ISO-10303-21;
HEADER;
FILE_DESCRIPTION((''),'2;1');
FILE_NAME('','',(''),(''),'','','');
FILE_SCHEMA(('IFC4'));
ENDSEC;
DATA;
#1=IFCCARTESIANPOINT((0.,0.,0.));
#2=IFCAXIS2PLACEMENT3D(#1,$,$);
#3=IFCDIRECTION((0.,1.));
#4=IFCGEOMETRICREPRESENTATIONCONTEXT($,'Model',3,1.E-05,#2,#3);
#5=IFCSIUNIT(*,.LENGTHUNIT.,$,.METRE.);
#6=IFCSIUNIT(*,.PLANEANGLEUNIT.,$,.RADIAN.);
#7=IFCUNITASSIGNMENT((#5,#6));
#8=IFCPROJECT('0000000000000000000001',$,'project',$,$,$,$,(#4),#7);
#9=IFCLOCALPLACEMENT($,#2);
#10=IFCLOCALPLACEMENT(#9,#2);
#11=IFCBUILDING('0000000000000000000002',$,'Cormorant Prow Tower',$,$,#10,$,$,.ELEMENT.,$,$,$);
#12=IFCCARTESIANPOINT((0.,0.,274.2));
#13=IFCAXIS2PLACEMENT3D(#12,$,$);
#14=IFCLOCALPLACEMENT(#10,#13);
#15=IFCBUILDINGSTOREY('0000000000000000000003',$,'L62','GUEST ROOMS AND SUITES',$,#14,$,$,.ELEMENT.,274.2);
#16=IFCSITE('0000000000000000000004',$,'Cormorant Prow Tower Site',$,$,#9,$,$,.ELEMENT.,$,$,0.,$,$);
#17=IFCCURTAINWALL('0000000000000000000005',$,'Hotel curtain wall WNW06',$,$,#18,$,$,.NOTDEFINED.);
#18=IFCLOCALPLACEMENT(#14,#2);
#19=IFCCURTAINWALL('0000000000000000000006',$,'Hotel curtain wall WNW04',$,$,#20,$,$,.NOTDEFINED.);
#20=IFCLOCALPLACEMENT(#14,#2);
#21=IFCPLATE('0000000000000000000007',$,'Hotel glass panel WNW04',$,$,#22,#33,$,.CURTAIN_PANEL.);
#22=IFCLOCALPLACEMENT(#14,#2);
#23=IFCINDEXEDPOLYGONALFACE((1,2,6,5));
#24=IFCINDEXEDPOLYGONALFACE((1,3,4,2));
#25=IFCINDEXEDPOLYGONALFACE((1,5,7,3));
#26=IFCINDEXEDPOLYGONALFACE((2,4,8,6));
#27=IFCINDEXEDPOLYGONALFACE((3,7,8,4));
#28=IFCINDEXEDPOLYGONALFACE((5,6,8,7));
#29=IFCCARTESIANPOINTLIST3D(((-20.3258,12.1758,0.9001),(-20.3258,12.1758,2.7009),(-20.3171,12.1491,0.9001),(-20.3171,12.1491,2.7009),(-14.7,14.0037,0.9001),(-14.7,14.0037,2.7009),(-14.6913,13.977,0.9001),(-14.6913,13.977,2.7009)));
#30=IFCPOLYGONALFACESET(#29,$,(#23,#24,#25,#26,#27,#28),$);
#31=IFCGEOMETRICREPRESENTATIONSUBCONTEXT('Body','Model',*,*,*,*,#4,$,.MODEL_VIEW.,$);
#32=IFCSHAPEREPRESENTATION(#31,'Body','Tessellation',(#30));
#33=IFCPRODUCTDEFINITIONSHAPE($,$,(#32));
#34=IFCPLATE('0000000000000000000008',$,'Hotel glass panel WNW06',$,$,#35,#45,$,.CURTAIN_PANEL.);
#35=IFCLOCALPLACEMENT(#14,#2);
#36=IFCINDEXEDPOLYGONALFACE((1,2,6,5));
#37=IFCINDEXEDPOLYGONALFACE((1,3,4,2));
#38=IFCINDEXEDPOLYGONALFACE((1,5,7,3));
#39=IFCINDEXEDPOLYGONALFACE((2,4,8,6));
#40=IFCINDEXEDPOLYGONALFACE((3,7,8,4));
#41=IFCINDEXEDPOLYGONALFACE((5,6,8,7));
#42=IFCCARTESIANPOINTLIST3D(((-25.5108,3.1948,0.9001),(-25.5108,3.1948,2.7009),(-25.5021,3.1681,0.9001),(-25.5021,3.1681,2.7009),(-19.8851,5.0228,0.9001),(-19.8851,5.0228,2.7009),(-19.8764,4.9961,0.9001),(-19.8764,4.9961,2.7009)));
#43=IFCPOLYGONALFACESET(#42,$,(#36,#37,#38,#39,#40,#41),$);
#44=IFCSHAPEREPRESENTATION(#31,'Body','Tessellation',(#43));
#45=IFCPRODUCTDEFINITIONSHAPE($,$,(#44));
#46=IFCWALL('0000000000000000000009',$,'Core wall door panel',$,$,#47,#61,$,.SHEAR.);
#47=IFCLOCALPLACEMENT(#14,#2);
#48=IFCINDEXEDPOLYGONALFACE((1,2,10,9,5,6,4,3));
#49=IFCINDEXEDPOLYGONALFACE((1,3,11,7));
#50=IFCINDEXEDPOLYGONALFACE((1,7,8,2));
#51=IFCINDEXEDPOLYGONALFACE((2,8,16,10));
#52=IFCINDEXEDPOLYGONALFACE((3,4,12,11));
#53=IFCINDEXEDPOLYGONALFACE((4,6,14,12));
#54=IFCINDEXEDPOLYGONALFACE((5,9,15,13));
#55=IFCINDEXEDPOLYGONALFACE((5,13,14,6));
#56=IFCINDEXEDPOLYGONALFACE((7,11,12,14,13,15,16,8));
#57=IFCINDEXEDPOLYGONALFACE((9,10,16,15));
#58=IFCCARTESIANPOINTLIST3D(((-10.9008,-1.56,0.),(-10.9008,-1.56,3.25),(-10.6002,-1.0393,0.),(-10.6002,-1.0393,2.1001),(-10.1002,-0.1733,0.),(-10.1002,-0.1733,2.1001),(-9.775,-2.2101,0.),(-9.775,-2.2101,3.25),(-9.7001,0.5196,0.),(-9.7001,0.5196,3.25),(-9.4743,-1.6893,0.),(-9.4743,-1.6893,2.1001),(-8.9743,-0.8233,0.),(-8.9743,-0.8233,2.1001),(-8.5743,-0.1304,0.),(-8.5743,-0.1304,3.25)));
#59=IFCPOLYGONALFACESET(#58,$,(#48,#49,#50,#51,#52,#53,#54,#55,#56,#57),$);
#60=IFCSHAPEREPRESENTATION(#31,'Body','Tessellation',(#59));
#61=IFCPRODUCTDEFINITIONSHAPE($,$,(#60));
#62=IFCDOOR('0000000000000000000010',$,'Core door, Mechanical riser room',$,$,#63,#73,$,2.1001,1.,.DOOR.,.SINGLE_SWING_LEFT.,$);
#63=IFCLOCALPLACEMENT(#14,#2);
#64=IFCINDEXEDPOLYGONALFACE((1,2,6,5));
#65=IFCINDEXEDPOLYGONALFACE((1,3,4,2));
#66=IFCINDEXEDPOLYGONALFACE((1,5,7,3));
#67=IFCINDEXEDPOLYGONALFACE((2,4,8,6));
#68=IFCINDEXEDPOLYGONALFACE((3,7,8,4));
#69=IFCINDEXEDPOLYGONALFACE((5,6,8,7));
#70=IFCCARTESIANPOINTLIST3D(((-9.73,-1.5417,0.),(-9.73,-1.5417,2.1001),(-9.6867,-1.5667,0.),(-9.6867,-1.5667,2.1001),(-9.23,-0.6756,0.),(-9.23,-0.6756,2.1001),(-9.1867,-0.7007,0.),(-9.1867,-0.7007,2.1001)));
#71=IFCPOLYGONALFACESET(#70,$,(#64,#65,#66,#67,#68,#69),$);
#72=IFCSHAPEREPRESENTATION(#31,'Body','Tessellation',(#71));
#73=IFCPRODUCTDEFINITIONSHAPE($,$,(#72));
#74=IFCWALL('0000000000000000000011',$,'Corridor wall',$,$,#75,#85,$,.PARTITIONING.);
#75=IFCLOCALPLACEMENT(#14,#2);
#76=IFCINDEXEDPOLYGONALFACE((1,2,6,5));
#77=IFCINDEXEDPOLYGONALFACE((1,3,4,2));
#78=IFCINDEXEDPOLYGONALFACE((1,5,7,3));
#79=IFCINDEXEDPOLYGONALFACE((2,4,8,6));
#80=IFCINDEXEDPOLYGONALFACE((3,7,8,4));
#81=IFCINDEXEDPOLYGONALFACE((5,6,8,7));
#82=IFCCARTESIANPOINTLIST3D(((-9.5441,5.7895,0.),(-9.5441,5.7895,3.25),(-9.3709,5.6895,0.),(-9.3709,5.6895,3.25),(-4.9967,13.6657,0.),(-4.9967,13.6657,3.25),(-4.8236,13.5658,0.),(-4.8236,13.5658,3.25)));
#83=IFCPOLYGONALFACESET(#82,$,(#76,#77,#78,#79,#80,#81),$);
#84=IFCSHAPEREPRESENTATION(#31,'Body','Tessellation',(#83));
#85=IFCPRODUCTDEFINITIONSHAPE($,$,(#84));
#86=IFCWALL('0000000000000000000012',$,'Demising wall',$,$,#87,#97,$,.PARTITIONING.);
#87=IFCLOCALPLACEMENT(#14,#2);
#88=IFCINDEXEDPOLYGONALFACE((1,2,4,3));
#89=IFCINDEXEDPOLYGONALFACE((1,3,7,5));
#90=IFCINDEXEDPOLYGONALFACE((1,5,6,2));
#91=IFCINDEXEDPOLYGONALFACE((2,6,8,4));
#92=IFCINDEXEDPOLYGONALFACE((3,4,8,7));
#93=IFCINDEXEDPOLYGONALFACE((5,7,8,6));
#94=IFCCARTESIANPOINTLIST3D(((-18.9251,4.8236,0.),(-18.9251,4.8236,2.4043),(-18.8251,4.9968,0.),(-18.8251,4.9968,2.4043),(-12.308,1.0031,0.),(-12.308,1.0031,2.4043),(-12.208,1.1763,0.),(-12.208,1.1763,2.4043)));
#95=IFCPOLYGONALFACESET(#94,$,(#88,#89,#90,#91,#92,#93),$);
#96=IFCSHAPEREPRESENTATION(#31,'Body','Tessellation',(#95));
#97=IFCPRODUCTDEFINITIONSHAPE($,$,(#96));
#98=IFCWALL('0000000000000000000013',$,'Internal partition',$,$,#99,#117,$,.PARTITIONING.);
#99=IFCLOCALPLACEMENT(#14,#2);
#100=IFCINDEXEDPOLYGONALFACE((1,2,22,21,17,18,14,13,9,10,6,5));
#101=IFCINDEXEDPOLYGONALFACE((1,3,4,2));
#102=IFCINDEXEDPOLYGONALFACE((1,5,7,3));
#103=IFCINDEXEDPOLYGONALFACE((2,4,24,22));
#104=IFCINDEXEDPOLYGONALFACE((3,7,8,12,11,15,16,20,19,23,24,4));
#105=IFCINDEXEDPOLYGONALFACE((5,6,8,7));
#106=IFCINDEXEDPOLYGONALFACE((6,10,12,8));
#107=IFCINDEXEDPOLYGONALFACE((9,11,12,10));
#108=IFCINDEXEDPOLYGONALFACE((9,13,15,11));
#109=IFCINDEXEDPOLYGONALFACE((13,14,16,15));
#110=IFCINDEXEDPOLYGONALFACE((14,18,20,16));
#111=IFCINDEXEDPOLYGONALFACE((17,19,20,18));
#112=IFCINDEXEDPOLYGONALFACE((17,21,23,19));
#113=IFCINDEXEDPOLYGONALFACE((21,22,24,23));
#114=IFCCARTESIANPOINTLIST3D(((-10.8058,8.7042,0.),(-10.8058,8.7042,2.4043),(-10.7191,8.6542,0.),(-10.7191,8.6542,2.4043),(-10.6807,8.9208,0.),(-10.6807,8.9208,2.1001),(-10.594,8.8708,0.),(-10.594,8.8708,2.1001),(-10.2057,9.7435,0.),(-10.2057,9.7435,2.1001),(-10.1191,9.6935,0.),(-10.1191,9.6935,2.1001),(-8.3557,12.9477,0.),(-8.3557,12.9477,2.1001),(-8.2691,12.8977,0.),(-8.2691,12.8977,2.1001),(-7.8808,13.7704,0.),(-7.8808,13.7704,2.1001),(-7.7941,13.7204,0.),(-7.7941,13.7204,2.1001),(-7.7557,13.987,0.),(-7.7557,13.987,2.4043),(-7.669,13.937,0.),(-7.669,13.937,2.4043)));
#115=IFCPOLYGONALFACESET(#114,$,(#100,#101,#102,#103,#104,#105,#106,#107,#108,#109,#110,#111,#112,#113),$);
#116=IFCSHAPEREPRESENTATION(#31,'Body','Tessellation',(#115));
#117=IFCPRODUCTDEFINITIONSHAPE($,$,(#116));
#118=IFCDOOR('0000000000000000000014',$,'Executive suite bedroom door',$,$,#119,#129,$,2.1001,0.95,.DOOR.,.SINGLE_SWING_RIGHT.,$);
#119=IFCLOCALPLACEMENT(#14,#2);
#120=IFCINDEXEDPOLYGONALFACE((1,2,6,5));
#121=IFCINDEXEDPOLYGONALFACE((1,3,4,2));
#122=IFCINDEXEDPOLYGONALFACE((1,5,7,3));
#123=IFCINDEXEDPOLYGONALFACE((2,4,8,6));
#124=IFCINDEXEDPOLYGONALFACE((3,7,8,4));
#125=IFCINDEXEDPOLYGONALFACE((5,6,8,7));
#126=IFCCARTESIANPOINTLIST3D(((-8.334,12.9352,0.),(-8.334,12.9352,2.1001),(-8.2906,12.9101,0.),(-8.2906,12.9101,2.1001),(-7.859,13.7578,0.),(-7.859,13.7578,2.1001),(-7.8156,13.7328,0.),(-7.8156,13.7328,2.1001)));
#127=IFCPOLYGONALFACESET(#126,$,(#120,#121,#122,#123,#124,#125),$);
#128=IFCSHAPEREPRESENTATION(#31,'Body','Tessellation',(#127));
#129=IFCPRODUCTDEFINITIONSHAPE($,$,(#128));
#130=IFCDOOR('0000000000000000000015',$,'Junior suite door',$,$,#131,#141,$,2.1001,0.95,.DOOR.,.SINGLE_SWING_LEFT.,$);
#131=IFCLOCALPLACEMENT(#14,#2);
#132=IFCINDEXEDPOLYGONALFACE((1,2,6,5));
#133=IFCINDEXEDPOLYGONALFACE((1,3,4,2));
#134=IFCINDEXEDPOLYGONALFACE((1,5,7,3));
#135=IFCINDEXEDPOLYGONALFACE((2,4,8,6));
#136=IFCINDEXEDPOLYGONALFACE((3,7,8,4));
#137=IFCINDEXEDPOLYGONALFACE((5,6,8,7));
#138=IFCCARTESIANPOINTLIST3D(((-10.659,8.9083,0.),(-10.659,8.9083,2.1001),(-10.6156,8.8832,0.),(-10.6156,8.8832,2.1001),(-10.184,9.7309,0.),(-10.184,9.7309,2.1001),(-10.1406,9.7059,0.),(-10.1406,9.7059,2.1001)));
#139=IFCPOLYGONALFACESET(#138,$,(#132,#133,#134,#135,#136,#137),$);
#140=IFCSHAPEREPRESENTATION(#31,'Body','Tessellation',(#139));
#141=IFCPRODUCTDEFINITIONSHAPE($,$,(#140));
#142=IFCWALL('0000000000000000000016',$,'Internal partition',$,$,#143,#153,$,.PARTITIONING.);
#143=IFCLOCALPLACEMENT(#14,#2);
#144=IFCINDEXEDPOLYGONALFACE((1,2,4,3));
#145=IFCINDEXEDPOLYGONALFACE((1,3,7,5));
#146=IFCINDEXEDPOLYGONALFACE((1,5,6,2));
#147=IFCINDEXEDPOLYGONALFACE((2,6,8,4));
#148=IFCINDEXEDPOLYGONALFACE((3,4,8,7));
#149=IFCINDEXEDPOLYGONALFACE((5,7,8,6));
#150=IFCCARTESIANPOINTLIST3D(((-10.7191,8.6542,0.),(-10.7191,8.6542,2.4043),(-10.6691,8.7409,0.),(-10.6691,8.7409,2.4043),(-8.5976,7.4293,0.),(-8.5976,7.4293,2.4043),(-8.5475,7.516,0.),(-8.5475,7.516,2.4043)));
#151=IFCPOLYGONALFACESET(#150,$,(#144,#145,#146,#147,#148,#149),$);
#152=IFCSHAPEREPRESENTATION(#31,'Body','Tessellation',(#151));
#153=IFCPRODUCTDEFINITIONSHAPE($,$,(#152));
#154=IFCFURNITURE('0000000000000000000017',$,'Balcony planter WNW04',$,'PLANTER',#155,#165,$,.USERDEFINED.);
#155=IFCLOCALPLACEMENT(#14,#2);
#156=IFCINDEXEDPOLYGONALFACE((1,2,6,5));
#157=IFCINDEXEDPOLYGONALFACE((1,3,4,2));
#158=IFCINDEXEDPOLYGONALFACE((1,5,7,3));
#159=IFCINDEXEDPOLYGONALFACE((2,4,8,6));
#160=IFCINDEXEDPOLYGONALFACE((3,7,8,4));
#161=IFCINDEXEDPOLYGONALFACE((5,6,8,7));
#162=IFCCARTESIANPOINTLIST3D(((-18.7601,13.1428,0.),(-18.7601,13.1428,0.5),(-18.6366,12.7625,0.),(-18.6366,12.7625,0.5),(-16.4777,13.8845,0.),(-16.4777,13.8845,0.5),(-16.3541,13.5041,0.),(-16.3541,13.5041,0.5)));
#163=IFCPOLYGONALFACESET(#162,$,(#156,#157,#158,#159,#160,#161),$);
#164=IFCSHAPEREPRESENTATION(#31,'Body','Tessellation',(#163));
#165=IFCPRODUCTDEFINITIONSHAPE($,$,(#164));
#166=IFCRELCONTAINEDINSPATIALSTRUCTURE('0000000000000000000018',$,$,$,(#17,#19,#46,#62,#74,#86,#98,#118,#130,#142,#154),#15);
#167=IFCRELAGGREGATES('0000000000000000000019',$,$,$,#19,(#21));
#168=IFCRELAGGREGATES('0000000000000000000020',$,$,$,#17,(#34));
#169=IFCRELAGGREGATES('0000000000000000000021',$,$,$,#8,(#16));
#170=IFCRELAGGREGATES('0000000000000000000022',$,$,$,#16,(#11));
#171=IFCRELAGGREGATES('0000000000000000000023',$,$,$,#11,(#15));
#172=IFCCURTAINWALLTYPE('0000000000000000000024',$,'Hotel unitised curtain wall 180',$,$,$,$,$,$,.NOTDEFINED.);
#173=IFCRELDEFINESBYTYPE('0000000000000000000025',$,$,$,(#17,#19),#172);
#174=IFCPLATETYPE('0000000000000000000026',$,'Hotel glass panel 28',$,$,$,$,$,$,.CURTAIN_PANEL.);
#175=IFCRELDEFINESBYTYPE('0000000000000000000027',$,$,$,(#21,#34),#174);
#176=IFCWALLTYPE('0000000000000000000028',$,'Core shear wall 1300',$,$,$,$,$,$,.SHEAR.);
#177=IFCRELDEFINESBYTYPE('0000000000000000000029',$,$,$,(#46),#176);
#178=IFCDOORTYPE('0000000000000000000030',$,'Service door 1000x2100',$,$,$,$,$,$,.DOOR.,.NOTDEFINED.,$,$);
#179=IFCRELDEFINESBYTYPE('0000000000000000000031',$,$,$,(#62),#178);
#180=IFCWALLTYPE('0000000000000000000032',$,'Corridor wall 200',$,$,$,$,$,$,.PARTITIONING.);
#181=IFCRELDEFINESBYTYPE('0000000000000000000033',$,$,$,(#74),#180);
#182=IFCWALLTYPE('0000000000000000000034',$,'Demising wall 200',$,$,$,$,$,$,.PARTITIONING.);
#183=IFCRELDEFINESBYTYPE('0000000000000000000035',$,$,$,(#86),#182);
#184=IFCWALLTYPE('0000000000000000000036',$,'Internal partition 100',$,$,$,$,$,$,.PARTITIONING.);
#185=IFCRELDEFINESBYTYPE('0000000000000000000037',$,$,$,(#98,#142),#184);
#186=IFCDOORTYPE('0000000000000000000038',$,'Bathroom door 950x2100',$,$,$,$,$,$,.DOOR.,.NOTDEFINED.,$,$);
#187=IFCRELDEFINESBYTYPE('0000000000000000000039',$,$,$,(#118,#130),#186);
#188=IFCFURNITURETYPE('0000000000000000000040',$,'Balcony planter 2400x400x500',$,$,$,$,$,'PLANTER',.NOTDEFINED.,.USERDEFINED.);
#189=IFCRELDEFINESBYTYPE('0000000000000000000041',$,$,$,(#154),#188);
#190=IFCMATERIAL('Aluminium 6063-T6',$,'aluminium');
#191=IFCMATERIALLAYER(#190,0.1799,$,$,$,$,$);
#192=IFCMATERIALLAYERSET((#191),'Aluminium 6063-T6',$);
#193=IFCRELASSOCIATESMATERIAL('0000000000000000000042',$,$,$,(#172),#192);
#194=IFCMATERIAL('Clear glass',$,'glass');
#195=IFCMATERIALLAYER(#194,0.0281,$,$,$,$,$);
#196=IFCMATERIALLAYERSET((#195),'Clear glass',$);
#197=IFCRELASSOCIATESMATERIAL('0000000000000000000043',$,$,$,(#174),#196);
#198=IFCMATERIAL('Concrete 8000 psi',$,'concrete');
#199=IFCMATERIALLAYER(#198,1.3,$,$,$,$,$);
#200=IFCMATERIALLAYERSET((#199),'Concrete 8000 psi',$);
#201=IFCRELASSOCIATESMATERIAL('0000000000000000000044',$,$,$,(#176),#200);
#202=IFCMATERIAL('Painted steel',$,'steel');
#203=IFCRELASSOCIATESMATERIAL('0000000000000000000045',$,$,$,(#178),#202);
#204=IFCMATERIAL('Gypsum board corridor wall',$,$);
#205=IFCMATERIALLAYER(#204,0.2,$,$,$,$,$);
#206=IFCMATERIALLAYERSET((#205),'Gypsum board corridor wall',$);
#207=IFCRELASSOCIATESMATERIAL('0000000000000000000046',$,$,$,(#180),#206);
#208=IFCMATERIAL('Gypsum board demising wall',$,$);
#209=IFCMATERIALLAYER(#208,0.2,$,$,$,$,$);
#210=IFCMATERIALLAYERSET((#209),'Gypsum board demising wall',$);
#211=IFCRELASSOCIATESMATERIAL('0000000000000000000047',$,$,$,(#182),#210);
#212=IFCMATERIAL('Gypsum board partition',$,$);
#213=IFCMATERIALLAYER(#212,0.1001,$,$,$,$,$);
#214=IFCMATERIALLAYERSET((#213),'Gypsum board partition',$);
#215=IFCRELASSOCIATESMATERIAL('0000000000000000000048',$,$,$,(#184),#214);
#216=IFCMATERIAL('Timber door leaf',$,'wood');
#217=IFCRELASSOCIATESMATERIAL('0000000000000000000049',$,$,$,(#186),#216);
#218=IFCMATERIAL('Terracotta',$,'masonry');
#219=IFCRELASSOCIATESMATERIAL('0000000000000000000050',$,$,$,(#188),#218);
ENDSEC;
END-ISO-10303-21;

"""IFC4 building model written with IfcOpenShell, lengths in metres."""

from ifc_helpers import new_model, si_unit, direction, frame, frame_2d, origin, origin_2d, place, context, subcontext, project, spatial, rectangle, extrude, material, layer, layer_set, type_object, element, fill, aggregate, save


model = new_model("IFC4")

# Units and contexts
model_context = context("Model", 3, precision=1e-05, world=origin(), true_north=direction((0.0, 1.0)))
body_context = subcontext(model_context, "Body", "Model", "MODEL_VIEW")
ifc_project = project(units=[si_unit("LENGTHUNIT", "METRE"), si_unit("PLANEANGLEUNIT", "RADIAN")], contexts=[model_context])

# Site, building, storey
site_placement = place(None, origin())
site = spatial("IfcSite", under=ifc_project, at=site_placement, Name="Cormorant Prow Tower Site", CompositionType="ELEMENT", RefElevation=0.0)
building_placement = place(site_placement, origin())
building = spatial("IfcBuilding", under=site, at=building_placement, Name="Cormorant Prow Tower", CompositionType="ELEMENT")
storey_placement = place(building_placement, frame((0.0, 0.0, 274.2)))
storey = spatial("IfcBuildingStorey", under=building, at=storey_placement, Name="L62", Description="GUEST ROOMS AND SUITES", CompositionType="ELEMENT", Elevation=274.2)

# Curtain wall
ifc_material_1 = material(Name="Aluminium 6063-T6", Category="aluminium")
ifc_layer_1 = layer(ifc_material_1, 0.1799)
ifc_layer_set_1 = layer_set([ifc_layer_1], Name="Aluminium 6063-T6")
curtain_wall_type = type_object("IfcCurtainWallType", Name="Hotel unitised curtain wall 180", PredefinedType="NOTDEFINED", material=ifc_layer_set_1)
curtain_wall_1_placement = place(storey_placement, origin())
curtain_wall_1 = element("IfcCurtainWall", 1, at=curtain_wall_1_placement, inside=storey, type_object=curtain_wall_type, Name="Hotel curtain wall WNW06", PredefinedType="NOTDEFINED")

# Curtain wall, plate
curtain_wall_2_placement = place(storey_placement, origin())
curtain_wall_2 = element("IfcCurtainWall", 2, at=curtain_wall_2_placement, inside=storey, type_object=curtain_wall_type, Name="Hotel curtain wall WNW04", PredefinedType="NOTDEFINED")
ifc_material_2 = material(Name="Clear glass", Category="glass")
ifc_layer_2 = layer(ifc_material_2, 0.0281)
ifc_layer_set_2 = layer_set([ifc_layer_2], Name="Clear glass")
plate_type = type_object("IfcPlateType", Name="Hotel glass panel 28", PredefinedType="CURTAIN_PANEL", material=ifc_layer_set_2)
plate_1_placement = place(storey_placement, frame((-17.5085, 13.0764, 0.9001), z_axis=(0.0, 0.0, 1.0), x_axis=(-0.951057, -0.309017, 0.0)))
plate_1 = element("IfcPlate", 3, at=plate_1_placement, type_object=plate_type, Name="Hotel glass panel WNW04", PredefinedType="CURTAIN_PANEL", context=body_context, shape_type="SweptSolid", body=[
    extrude(rectangle(XDim=5.9153, YDim=0.0281, at=origin_2d()), origin(), (0.0, 0.0, 1.0), 1.8008),
])
aggregate(curtain_wall_2, [plate_1])

# Plate
plate_2_placement = place(storey_placement, frame((-22.6936, 4.0955, 0.9001), z_axis=(0.0, 0.0, 1.0), x_axis=(-0.951057, -0.309017, 0.0)))
plate_2 = element("IfcPlate", 4, at=plate_2_placement, type_object=plate_type, Name="Hotel glass panel WNW06", PredefinedType="CURTAIN_PANEL", context=body_context, shape_type="SweptSolid", body=[
    extrude(rectangle(XDim=5.9153, YDim=0.0281, at=origin_2d()), origin(), (0.0, 0.0, 1.0), 1.8008),
])
aggregate(curtain_wall_1, [plate_2])

# Wall, opening, door
ifc_material_3 = material(Name="Concrete 8000 psi", Category="concrete")
ifc_layer_3 = layer(ifc_material_3, 1.3)
ifc_layer_set_3 = layer_set([ifc_layer_3], Name="Concrete 8000 psi")
wall_type_1 = type_object("IfcWallType", Name="Core shear wall 1300", PredefinedType="SHEAR", material=ifc_layer_set_3)
wall_1_placement = place(storey_placement, frame((-9.1372, 0.1946, 0.0), z_axis=(0.0, 0.0, 1.0), x_axis=(-0.50001, -0.86602, 0.0)))
wall_1 = element("IfcWall", 5, at=wall_1_placement, inside=storey, type_object=wall_type_1, Name="Core wall door panel", PredefinedType="SHEAR", context=body_context, shape_type="SweptSolid", body=[
    extrude(rectangle(XDim=2.4014, YDim=1.3, at=frame_2d((1.2007, 0.0))), origin(), (0.0, 0.0, 1.0), 3.25),
])
opening_1_placement = place(wall_1_placement, frame((0.8, 0.0, 0.0)))
opening_1 = element("IfcOpeningElement", 6, at=opening_1_placement, cuts=wall_1, PredefinedType="OPENING", context=body_context, shape_type="SweptSolid", body=[
    extrude(rectangle(XDim=1.0, YDim=2.1001, at=frame_2d((0.5, 1.05))), frame((0.0, 0.6599, 0.0), z_axis=(0.0, -1.0, 0.0), x_axis=(1.0, 0.0, 0.0)), (0.0, 0.0, 1.0), 1.3201),
])
ifc_material_4 = material(Name="Painted steel", Category="steel")
door_type_1 = type_object("IfcDoorType", Name="Service door 1000x2100", OperationType="NOTDEFINED", PredefinedType="DOOR", material=ifc_material_4)
door_1_placement = place(opening_1_placement, origin())
door_1 = element("IfcDoor", 7, at=door_1_placement, inside=storey, type_object=door_type_1, Name="Core door, Mechanical riser room", OperationType="SINGLE_SWING_LEFT", OverallHeight=2.1001, OverallWidth=1.0, PredefinedType="DOOR", context=body_context, shape_type="SweptSolid", body=[
    extrude(rectangle(XDim=1.0, YDim=2.1001, at=frame_2d((0.5, 1.05))), frame((0.0, 0.4048, 0.0), z_axis=(0.0, -1.0, 0.0), x_axis=(1.0, 0.0, 0.0)), (0.0, 0.0, 1.0), 0.05),
])
fill(opening_1, door_1)

# Walls
ifc_material_5 = material(Name="Gypsum board corridor wall")
ifc_layer_4 = layer(ifc_material_5, 0.2)
ifc_layer_set_4 = layer_set([ifc_layer_4], Name="Gypsum board corridor wall")
wall_type_2 = type_object("IfcWallType", Name="Corridor wall 200", PredefinedType="PARTITIONING", material=ifc_layer_set_4)
wall_2_placement = place(storey_placement, frame((-9.4575, 5.7395, 0.0), z_axis=(0.0, 0.0, 1.0), x_axis=(0.500002, 0.866024, 0.0)))
element("IfcWall", 8, at=wall_2_placement, inside=storey, type_object=wall_type_2, Name="Corridor wall", PredefinedType="PARTITIONING", context=body_context, shape_type="SweptSolid", body=[
    extrude(rectangle(XDim=9.0947, YDim=0.2, at=frame_2d((4.5474, 0.0))), origin(), (0.0, 0.0, 1.0), 3.25),
])
ifc_material_6 = material(Name="Gypsum board demising wall")
ifc_layer_5 = layer(ifc_material_6, 0.2)
ifc_layer_set_5 = layer_set([ifc_layer_5], Name="Gypsum board demising wall")
wall_type_3 = type_object("IfcWallType", Name="Demising wall 200", PredefinedType="PARTITIONING", material=ifc_layer_set_5)
wall_3_placement = place(storey_placement, frame((-18.875, 4.9102, 0.0), z_axis=(0.0, 0.0, 1.0), x_axis=(0.866019, -0.500012, 0.0)))
element("IfcWall", 9, at=wall_3_placement, inside=storey, type_object=wall_type_3, Name="Demising wall", PredefinedType="PARTITIONING", context=body_context, shape_type="SweptSolid", body=[
    extrude(rectangle(XDim=7.6409, YDim=0.2, at=frame_2d((3.8203, 0.0))), origin(), (0.0, 0.0, 1.0), 2.4043),
])

# Wall, openings, doors
ifc_material_7 = material(Name="Gypsum board partition")
ifc_layer_6 = layer(ifc_material_7, 0.1001)
ifc_layer_set_6 = layer_set([ifc_layer_6], Name="Gypsum board partition")
wall_type_4 = type_object("IfcWallType", Name="Internal partition 100", PredefinedType="PARTITIONING", material=ifc_layer_set_6)
wall_4_placement = place(storey_placement, frame((-10.7625, 8.6792, 0.0), z_axis=(0.0, 0.0, 1.0), x_axis=(0.500009, 0.86602, 0.0)))
wall_4 = element("IfcWall", 10, at=wall_4_placement, inside=storey, type_object=wall_type_4, Name="Internal partition", PredefinedType="PARTITIONING", context=body_context, shape_type="SweptSolid", body=[
    extrude(rectangle(XDim=6.1001, YDim=0.1001, at=frame_2d((3.05, 0.0))), origin(), (0.0, 0.0, 1.0), 2.4043),
])
opening_2_placement = place(wall_4_placement, frame((4.8999, 0.0, 0.0)))
opening_2 = element("IfcOpeningElement", 11, at=opening_2_placement, cuts=wall_4, PredefinedType="OPENING", context=body_context, shape_type="SweptSolid", body=[
    extrude(rectangle(XDim=0.95, YDim=2.1001, at=frame_2d((0.4751, 1.05))), frame((0.0, 0.0601, 0.0), z_axis=(0.0, -1.0, 0.0), x_axis=(1.0, 0.0, 0.0)), (0.0, 0.0, 1.0), 0.1201),
])
opening_3_placement = place(wall_4_placement, frame((0.25, 0.0, 0.0)))
opening_3 = element("IfcOpeningElement", 12, at=opening_3_placement, cuts=wall_4, PredefinedType="OPENING", context=body_context, shape_type="SweptSolid", body=[
    extrude(rectangle(XDim=0.95, YDim=2.1001, at=frame_2d((0.4751, 1.05))), frame((0.0, 0.0601, 0.0), z_axis=(0.0, -1.0, 0.0), x_axis=(1.0, 0.0, 0.0)), (0.0, 0.0, 1.0), 0.1201),
])
ifc_material_8 = material(Name="Timber door leaf", Category="wood")
door_type_2 = type_object("IfcDoorType", Name="Bathroom door 950x2100", OperationType="NOTDEFINED", PredefinedType="DOOR", material=ifc_material_8)
door_2_placement = place(opening_2_placement, origin())
door_2 = element("IfcDoor", 13, at=door_2_placement, inside=storey, type_object=door_type_2, Name="Executive suite bedroom door", OperationType="SINGLE_SWING_RIGHT", OverallHeight=2.1001, OverallWidth=0.95, PredefinedType="DOOR", context=body_context, shape_type="SweptSolid", body=[
    extrude(rectangle(XDim=0.95, YDim=2.1001, at=frame_2d((0.4751, 1.05))), frame((0.0, 0.0249, 0.0), z_axis=(0.0, -1.0, 0.0), x_axis=(1.0, 0.0, 0.0)), (0.0, 0.0, 1.0), 0.05),
])
fill(opening_2, door_2)
door_3_placement = place(opening_3_placement, origin())
door_3 = element("IfcDoor", 14, at=door_3_placement, inside=storey, type_object=door_type_2, Name="Junior suite door", OperationType="SINGLE_SWING_LEFT", OverallHeight=2.1001, OverallWidth=0.95, PredefinedType="DOOR", context=body_context, shape_type="SweptSolid", body=[
    extrude(rectangle(XDim=0.95, YDim=2.1001, at=frame_2d((0.4751, 1.05))), frame((0.0, 0.0249, 0.0), z_axis=(0.0, -1.0, 0.0), x_axis=(1.0, 0.0, 0.0)), (0.0, 0.0, 1.0), 0.05),
])
fill(opening_3, door_3)

# Wall
wall_5_placement = place(storey_placement, frame((-10.6941, 8.6975, 0.0), z_axis=(0.0, 0.0, 1.0), x_axis=(0.866033, -0.499987, 0.0)))
element("IfcWall", 15, at=wall_5_placement, inside=storey, type_object=wall_type_4, Name="Internal partition", PredefinedType="PARTITIONING", context=body_context, shape_type="SweptSolid", body=[
    extrude(rectangle(XDim=2.4497, YDim=0.1001, at=frame_2d((1.2249, 0.0))), origin(), (0.0, 0.0, 1.0), 2.4043),
])

# Furniture
ifc_material_9 = material(Name="Terracotta", Category="masonry")
furniture_type = type_object("IfcFurnitureType", Name="Balcony planter 2400x400x500", ElementType="PLANTER", AssemblyPlace="NOTDEFINED", PredefinedType="USERDEFINED", material=ifc_material_9)
furniture_placement = place(storey_placement, frame((-17.5571, 13.3235, 0.0), z_axis=(0.0, 0.0, 1.0), x_axis=(-0.951057, -0.309017, 0.0)))
element("IfcFurniture", 16, at=furniture_placement, inside=storey, type_object=furniture_type, Name="Balcony planter WNW04", ObjectType="PLANTER", PredefinedType="USERDEFINED", context=body_context, shape_type="SweptSolid", body=[
    extrude(rectangle(XDim=2.3999, YDim=0.3999, at=origin_2d()), origin(), (0.0, 0.0, 1.0), 0.5),
])

save(model, "model.ifc")
